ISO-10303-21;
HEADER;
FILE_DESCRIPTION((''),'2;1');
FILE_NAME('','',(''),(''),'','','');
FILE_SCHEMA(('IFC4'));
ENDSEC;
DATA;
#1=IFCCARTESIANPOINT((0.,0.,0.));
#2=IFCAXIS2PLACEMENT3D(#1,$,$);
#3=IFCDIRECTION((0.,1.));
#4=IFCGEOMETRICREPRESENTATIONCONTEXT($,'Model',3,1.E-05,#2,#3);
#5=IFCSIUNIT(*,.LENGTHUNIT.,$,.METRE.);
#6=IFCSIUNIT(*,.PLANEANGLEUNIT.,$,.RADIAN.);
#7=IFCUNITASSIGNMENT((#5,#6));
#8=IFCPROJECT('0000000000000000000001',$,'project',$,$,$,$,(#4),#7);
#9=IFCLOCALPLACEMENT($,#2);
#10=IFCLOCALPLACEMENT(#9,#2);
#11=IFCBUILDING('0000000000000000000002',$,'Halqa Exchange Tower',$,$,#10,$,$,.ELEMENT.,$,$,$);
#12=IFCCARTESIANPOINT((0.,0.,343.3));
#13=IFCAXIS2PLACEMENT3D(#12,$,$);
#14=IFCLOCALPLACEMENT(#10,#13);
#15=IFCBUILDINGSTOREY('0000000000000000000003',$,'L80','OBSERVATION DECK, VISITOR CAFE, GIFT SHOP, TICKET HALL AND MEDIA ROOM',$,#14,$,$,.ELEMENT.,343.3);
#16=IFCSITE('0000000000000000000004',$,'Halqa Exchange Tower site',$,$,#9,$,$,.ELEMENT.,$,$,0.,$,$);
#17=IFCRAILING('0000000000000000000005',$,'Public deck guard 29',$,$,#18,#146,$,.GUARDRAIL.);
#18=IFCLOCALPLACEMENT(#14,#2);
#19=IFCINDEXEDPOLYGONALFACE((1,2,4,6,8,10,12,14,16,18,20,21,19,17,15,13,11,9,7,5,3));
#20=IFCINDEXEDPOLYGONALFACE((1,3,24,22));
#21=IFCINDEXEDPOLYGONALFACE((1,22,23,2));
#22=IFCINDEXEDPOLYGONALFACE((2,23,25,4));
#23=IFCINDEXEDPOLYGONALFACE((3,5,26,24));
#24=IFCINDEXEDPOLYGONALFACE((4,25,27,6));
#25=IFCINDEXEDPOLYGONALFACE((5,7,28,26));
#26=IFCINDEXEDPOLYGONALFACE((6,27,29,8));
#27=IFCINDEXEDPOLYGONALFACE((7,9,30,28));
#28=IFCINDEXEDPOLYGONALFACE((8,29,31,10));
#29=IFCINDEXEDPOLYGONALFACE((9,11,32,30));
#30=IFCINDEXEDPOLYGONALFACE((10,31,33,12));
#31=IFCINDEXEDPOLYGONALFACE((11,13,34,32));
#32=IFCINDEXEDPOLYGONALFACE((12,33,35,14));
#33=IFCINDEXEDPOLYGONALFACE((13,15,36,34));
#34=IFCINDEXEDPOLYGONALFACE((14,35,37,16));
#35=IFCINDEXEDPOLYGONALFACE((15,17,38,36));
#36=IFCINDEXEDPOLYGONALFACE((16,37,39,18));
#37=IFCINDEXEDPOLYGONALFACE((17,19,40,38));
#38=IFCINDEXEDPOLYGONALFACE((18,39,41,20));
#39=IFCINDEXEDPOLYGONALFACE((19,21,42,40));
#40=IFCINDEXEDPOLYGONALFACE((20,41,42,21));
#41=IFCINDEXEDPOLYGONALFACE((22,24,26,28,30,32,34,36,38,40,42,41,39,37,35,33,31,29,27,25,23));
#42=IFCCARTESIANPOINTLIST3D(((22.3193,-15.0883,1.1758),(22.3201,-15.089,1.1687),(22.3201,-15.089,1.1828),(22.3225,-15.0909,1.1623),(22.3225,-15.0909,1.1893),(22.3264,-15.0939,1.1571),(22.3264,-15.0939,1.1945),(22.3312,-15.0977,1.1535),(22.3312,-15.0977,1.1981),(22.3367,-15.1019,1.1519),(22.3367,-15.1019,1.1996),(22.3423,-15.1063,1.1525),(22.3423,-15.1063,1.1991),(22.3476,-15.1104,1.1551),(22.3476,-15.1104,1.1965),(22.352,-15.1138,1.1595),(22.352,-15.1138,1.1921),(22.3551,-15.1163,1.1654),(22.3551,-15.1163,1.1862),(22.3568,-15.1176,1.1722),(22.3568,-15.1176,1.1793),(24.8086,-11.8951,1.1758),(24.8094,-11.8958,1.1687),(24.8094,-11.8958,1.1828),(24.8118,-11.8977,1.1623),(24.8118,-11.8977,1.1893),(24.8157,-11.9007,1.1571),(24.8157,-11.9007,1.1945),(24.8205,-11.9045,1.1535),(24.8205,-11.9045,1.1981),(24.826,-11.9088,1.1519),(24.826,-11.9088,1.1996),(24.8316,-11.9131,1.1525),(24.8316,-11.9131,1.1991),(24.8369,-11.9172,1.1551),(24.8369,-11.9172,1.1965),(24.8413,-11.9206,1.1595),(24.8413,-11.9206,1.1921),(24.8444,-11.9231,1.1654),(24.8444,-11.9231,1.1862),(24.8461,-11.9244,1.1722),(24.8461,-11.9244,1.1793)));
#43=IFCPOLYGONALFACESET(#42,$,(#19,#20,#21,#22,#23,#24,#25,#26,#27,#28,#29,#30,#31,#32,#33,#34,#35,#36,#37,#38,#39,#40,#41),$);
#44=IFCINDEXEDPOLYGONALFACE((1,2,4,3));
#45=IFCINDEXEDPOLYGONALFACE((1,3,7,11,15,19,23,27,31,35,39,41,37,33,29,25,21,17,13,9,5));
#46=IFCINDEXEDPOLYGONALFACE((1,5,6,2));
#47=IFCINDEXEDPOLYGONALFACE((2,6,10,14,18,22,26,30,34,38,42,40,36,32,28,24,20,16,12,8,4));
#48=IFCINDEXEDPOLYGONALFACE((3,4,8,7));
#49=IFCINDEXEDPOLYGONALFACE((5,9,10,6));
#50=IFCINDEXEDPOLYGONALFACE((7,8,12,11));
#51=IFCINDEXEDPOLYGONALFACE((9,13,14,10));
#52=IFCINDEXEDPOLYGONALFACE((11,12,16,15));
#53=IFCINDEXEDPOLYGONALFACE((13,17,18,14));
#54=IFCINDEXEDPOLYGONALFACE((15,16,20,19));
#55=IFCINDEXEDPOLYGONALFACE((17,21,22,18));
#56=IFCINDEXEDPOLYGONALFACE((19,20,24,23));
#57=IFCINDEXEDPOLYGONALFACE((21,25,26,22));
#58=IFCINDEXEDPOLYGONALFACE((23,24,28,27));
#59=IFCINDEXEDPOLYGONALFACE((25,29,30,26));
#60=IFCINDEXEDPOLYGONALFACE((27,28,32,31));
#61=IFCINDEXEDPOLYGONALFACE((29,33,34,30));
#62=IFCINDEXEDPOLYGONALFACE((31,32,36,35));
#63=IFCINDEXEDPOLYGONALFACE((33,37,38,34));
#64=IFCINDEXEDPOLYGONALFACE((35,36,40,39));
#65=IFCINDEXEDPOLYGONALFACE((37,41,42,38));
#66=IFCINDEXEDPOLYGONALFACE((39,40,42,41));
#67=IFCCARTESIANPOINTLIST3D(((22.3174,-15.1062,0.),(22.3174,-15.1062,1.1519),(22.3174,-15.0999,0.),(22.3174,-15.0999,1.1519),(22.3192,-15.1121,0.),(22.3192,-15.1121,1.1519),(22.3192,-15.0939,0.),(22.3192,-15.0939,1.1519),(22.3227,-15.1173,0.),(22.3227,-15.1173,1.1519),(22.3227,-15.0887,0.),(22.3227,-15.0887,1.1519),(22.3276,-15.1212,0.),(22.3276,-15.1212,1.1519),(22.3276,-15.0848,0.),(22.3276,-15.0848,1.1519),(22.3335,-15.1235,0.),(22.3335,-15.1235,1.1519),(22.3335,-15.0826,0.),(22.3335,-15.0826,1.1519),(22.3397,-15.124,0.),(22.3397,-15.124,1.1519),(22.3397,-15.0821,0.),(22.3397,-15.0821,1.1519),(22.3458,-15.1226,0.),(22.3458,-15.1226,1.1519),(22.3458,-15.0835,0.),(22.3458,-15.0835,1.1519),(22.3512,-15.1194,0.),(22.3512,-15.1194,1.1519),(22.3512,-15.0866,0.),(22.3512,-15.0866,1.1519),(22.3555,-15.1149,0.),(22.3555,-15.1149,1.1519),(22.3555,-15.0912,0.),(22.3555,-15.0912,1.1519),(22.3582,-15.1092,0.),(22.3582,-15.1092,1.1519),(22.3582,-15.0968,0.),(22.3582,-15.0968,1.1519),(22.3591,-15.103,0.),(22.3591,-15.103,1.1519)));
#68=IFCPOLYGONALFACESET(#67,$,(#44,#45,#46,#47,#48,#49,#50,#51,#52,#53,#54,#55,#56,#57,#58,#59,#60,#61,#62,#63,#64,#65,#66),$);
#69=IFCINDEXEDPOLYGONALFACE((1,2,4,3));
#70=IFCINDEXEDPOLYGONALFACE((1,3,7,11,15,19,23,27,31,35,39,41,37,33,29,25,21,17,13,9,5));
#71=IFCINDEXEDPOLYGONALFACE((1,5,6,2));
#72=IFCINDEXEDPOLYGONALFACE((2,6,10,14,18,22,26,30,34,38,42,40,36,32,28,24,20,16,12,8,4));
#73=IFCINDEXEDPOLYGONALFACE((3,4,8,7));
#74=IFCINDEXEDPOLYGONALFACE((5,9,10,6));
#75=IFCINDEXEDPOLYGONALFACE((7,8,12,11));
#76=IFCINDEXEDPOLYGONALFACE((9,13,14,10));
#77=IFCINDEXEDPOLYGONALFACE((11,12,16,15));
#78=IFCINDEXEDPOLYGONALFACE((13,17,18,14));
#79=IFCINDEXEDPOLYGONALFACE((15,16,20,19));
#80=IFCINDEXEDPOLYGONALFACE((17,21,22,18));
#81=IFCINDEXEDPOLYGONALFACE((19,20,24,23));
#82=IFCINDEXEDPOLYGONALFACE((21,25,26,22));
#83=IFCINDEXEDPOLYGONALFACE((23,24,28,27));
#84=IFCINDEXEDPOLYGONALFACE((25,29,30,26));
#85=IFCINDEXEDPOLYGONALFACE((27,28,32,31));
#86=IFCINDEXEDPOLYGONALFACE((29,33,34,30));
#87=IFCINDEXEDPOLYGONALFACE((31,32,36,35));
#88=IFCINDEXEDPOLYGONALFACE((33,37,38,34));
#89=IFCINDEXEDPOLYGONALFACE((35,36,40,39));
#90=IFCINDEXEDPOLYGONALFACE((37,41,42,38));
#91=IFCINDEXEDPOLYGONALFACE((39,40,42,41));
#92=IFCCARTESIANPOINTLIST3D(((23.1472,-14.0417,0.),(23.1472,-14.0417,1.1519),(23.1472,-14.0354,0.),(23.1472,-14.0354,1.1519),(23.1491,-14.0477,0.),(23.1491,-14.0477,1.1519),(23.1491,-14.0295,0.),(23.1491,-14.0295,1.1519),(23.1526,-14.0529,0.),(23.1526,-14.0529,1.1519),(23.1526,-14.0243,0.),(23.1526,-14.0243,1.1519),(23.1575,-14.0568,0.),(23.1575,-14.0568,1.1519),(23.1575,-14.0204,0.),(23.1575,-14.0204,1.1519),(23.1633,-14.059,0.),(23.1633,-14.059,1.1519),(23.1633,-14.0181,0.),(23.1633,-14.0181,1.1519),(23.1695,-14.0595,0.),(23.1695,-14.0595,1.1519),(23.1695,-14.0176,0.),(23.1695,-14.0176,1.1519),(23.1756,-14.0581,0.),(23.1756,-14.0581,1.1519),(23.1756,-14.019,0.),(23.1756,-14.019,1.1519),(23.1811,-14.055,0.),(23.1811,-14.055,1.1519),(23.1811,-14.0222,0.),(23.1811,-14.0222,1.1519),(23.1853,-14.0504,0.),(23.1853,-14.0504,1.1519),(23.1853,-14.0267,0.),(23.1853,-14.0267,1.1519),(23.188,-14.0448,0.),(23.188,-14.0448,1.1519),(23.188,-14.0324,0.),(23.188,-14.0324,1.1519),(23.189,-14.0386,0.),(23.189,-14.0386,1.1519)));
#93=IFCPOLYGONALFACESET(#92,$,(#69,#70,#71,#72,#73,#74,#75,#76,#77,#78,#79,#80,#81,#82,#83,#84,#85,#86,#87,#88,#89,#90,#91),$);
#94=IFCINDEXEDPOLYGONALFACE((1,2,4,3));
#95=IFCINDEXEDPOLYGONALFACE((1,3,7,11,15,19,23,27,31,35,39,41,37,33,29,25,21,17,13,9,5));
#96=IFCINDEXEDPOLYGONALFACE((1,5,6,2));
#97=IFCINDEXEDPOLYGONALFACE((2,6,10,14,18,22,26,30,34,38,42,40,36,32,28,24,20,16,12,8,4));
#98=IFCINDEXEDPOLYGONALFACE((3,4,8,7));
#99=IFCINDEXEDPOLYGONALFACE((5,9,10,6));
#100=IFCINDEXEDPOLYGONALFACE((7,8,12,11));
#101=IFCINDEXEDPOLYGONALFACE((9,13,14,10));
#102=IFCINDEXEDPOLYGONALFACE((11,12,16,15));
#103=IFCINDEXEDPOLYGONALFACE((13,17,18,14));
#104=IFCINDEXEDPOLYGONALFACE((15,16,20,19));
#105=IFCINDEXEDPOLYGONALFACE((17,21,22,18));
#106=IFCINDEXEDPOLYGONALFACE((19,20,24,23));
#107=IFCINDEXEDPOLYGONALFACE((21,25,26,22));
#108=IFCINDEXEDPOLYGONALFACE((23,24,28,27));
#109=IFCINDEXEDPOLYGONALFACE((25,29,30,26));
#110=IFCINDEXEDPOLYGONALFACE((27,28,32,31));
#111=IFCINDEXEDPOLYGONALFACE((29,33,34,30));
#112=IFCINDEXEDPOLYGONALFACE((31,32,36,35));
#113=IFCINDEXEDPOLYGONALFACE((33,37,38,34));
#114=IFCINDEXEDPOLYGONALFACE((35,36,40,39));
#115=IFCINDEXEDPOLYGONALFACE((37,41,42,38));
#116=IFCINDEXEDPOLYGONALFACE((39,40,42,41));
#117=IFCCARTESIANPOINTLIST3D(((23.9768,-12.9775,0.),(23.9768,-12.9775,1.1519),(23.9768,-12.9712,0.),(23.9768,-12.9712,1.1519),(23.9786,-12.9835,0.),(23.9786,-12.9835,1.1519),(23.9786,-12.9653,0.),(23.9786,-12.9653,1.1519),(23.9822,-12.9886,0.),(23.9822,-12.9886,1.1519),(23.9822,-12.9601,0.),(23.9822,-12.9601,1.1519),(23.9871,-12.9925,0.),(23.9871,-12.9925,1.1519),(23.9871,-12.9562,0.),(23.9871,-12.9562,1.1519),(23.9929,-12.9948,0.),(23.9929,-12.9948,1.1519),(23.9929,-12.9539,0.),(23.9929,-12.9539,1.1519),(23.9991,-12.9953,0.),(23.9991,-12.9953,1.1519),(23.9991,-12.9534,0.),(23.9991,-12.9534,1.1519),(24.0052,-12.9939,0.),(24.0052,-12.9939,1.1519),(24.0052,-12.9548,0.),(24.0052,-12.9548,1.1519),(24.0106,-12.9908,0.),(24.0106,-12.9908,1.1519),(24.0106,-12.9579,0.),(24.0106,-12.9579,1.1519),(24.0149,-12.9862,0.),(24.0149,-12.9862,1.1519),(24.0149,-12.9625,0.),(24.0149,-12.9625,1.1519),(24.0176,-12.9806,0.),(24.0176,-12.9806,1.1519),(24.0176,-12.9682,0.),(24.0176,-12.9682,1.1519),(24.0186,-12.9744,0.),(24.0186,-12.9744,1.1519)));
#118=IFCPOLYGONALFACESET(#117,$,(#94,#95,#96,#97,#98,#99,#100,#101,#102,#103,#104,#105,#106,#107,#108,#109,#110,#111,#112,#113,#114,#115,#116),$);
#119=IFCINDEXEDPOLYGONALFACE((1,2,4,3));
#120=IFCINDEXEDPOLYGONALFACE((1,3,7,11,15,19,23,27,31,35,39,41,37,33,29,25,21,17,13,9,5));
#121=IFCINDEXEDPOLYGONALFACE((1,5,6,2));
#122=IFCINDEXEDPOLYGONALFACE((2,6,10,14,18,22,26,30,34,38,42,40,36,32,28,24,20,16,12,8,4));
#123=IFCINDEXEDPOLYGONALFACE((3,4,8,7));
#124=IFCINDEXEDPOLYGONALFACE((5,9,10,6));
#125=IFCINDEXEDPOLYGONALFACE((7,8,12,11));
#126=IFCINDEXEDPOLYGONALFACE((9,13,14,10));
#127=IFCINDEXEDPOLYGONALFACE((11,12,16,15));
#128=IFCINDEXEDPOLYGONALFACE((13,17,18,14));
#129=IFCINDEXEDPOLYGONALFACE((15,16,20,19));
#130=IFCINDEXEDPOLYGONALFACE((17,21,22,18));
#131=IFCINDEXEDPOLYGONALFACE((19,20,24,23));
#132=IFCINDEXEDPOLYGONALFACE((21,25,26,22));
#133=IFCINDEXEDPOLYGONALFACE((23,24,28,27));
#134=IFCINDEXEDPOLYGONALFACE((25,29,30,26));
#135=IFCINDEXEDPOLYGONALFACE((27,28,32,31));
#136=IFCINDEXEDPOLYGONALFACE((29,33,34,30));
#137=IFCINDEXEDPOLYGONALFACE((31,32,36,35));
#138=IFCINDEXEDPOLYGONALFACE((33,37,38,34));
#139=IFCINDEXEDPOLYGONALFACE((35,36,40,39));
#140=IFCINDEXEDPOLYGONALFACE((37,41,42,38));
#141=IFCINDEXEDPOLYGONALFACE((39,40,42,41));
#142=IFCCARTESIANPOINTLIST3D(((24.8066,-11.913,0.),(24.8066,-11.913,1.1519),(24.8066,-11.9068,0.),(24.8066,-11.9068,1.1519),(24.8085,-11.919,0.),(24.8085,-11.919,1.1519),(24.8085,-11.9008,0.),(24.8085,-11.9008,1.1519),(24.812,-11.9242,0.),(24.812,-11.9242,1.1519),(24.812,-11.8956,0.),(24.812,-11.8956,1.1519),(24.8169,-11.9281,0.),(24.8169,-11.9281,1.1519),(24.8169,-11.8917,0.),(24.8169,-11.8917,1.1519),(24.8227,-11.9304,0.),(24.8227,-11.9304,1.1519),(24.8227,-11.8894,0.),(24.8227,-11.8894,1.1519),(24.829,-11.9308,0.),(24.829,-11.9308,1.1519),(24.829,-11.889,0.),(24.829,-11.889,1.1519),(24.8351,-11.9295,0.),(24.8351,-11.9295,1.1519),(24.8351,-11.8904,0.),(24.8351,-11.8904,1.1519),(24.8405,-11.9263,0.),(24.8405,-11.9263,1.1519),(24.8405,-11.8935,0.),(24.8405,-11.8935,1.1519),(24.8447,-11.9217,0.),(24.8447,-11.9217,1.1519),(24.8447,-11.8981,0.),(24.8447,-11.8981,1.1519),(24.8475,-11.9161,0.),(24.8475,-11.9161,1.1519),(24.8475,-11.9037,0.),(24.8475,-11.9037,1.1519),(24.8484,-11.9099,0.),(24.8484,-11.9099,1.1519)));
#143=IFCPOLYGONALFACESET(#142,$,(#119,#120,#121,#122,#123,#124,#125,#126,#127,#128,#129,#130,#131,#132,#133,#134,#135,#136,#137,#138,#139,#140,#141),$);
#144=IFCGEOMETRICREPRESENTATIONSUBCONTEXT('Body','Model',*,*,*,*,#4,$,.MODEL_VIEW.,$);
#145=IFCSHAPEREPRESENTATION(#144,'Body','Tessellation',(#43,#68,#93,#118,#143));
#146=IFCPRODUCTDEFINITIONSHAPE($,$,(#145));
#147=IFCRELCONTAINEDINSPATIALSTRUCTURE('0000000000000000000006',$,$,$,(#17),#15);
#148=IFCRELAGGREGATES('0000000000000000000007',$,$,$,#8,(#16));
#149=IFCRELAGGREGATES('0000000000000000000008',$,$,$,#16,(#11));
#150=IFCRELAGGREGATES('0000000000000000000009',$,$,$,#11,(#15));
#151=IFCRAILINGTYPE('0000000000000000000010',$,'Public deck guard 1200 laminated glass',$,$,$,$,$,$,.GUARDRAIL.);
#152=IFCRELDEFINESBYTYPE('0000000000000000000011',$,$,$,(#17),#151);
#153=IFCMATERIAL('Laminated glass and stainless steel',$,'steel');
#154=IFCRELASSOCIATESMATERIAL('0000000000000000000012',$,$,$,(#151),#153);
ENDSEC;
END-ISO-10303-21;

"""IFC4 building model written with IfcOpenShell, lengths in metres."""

from ifc_helpers import new_model, si_unit, direction, frame, origin, origin_2d, place, context, subcontext, project, spatial, circle, extrude, material, type_object, element, save


model = new_model("IFC4")

# Units and contexts
model_context = context("Model", 3, precision=1e-05, world=origin(), true_north=direction((0.0, 1.0)))
body_context = subcontext(model_context, "Body", "Model", "MODEL_VIEW")
ifc_project = project(units=[si_unit("LENGTHUNIT", "METRE"), si_unit("PLANEANGLEUNIT", "RADIAN")], contexts=[model_context])

# Site, building, storey
site_placement = place(None, origin())
site = spatial("IfcSite", under=ifc_project, at=site_placement, Name="Halqa Exchange Tower site", CompositionType="ELEMENT", RefElevation=0.0)
building_placement = place(site_placement, origin())
building = spatial("IfcBuilding", under=site, at=building_placement, Name="Halqa Exchange Tower", CompositionType="ELEMENT")
storey_placement = place(building_placement, frame((0.0, 0.0, 343.3)))
storey = spatial("IfcBuildingStorey", under=building, at=storey_placement, Name="L80", Description="OBSERVATION DECK, VISITOR CAFE, GIFT SHOP, TICKET HALL AND MEDIA ROOM", CompositionType="ELEMENT", Elevation=343.3)

# Railing
ifc_material_1 = material(Name="Laminated glass and stainless steel", Category="steel")
railing_type = type_object("IfcRailingType", Name="Public deck guard 1200 laminated glass", PredefinedType="GUARDRAIL", material=ifc_material_1)
railing_1_placement = place(storey_placement, frame((22.3381, -15.103, 0.0)))
element("IfcRailing", 1, at=railing_1_placement, inside=storey, type_object=railing_type, Name="Public deck guard 29", PredefinedType="GUARDRAIL", context=body_context, shape_type="SweptSolid", body=[
    extrude(circle(Radius=0.0239, at=origin_2d()), frame((0.0, 0.0, 1.1758), z_axis=(0.614821, 0.788667, 0.0), x_axis=(-0.788667, 0.614821, 0.0)), (0.0, 0.0, 1.0), 4.0488),
    extrude(circle(Radius=0.021, at=origin_2d()), origin(), (0.0, 0.0, 1.0), 1.1519),
    extrude(circle(Radius=0.021, at=origin_2d()), frame((0.8298, 1.0645, 0.0)), (0.0, 0.0, 1.0), 1.1519),
    extrude(circle(Radius=0.021, at=origin_2d()), frame((1.6594, 2.1287, 0.0)), (0.0, 0.0, 1.0), 1.1519),
    extrude(circle(Radius=0.021, at=origin_2d()), frame((2.4893, 3.1931, 0.0)), (0.0, 0.0, 1.0), 1.1519),
])

save(model, "model.ifc")
